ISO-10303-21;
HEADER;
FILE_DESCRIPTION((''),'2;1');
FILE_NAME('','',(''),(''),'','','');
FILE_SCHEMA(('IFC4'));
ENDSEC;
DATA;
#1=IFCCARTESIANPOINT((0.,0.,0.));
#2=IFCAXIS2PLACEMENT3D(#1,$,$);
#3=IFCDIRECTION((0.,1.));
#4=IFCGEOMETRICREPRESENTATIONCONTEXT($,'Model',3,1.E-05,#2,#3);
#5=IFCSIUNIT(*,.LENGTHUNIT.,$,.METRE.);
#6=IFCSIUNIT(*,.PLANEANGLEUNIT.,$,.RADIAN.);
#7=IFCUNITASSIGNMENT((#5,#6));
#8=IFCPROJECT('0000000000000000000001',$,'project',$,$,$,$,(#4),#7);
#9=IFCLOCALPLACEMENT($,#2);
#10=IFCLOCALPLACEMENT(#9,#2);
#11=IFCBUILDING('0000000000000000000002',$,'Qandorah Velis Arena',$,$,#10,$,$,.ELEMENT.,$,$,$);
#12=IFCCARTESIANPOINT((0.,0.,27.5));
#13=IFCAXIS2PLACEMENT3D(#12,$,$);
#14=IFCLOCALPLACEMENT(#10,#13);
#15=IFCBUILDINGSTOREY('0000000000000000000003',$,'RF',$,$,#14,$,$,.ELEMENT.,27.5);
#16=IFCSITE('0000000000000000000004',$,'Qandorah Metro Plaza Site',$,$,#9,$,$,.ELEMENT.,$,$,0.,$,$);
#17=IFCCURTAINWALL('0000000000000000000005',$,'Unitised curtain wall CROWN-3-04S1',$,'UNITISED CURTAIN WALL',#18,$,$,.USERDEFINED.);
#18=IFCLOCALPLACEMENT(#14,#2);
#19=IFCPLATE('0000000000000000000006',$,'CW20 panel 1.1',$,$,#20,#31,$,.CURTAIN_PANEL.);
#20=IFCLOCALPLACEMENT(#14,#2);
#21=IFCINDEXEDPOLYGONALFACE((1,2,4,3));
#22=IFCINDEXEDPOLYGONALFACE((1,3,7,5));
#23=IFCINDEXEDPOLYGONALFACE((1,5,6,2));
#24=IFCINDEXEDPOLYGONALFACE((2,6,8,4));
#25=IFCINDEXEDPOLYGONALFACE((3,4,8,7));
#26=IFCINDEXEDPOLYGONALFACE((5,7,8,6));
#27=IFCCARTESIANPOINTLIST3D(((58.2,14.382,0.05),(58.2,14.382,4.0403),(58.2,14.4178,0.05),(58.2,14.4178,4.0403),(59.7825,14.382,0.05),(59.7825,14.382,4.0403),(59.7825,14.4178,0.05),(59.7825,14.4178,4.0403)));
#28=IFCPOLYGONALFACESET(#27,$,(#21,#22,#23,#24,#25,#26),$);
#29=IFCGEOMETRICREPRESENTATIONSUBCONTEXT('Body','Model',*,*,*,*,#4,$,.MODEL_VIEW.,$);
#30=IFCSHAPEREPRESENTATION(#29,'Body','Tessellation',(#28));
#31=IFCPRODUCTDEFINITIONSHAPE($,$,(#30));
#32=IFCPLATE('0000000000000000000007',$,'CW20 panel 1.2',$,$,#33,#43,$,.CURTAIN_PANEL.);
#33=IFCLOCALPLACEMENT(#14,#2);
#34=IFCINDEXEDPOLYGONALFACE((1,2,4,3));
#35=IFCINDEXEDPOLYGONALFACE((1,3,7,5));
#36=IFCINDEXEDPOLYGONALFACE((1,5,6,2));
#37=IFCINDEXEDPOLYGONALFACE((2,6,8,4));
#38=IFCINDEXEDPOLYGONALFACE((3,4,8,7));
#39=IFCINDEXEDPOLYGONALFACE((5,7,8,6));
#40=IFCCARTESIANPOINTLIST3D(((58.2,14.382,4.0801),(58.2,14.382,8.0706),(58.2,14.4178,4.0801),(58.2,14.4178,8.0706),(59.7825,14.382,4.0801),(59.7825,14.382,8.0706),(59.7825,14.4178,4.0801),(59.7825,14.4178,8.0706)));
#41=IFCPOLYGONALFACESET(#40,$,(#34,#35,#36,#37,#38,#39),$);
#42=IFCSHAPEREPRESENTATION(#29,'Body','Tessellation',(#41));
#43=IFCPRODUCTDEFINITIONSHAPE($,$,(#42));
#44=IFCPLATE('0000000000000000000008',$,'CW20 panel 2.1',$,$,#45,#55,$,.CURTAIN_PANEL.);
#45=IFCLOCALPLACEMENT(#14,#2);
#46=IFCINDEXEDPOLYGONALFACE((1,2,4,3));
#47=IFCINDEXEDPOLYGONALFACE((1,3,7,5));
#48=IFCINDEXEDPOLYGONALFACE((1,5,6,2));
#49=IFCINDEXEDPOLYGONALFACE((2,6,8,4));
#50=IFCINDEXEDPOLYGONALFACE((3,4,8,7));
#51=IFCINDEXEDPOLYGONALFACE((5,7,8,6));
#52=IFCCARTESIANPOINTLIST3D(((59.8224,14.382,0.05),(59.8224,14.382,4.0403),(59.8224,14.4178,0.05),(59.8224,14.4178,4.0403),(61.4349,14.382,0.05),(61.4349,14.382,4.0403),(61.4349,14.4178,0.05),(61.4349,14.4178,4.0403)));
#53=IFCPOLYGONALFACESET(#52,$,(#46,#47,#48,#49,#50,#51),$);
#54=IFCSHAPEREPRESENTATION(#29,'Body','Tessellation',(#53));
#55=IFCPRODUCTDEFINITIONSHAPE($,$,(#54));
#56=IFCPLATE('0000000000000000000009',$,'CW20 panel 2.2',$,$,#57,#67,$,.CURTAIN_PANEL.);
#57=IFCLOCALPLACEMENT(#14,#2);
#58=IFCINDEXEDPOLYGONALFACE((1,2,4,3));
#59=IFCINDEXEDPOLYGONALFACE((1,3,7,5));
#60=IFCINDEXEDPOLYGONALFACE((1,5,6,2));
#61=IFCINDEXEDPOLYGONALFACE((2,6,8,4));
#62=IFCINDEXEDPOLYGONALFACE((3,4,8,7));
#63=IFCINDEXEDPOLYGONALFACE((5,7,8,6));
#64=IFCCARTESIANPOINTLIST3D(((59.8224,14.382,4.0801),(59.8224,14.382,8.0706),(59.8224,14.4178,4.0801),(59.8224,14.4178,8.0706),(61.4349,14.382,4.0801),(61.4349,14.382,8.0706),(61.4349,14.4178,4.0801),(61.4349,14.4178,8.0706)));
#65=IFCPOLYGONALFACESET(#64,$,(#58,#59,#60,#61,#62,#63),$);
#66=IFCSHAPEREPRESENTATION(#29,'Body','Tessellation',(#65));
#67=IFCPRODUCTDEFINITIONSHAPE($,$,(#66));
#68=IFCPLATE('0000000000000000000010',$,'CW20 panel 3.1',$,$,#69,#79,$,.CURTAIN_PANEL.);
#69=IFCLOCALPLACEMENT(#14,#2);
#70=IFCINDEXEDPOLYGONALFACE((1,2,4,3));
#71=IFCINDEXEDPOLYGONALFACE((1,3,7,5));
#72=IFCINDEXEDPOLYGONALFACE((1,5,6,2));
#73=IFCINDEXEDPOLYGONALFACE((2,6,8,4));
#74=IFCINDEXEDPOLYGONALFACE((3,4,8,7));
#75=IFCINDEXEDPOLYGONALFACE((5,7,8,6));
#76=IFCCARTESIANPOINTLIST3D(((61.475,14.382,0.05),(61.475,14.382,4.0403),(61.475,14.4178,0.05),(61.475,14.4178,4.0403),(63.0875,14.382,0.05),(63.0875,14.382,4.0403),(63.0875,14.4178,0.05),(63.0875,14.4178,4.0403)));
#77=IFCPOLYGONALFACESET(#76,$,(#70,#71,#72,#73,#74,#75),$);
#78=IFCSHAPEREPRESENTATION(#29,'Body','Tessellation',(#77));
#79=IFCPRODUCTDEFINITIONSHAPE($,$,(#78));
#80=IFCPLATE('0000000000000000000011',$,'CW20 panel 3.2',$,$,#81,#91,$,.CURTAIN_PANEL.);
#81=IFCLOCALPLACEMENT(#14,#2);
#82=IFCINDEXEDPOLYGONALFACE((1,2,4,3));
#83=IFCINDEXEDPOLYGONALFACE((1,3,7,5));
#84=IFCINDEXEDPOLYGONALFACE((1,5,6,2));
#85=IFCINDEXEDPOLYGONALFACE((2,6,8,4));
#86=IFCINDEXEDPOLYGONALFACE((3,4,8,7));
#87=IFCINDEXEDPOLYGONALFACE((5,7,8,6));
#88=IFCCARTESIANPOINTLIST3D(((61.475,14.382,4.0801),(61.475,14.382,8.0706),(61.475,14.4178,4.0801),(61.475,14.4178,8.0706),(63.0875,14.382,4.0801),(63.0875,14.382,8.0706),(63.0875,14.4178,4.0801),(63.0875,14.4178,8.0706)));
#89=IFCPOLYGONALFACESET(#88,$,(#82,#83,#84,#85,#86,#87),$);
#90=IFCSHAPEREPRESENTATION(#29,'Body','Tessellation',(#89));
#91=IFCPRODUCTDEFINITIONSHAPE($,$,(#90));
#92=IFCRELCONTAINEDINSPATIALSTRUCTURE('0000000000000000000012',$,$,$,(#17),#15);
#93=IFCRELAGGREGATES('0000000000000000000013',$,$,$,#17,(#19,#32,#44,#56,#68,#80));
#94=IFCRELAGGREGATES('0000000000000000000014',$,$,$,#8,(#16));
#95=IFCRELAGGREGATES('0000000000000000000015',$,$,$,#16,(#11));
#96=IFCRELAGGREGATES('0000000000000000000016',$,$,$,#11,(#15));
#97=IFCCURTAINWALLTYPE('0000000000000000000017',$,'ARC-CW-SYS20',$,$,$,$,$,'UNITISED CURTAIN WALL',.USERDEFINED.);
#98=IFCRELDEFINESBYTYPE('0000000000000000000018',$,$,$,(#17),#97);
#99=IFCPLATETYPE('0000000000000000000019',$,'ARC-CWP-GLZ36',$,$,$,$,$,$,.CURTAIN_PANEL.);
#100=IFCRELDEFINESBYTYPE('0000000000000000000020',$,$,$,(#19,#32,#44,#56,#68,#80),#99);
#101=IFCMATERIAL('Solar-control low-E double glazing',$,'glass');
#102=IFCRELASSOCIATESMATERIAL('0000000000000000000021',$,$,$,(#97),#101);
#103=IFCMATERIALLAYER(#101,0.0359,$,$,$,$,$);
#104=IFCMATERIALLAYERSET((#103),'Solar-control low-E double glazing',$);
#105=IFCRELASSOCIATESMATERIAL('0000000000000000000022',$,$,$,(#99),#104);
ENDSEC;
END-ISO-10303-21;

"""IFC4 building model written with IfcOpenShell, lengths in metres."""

from ifc_helpers import new_model, si_unit, direction, frame, origin, origin_2d, place, context, subcontext, project, spatial, rectangle, extrude, material, layer, layer_set, type_object, element, aggregate, save


model = new_model("IFC4")

# Units and contexts
model_context = context("Model", 3, precision=1e-05, world=origin(), true_north=direction((0.0, 1.0)))
body_context = subcontext(model_context, "Body", "Model", "MODEL_VIEW")
ifc_project = project(units=[si_unit("LENGTHUNIT", "METRE"), si_unit("PLANEANGLEUNIT", "RADIAN")], contexts=[model_context])

# Site, building, storey
site_placement = place(None, origin())
site = spatial("IfcSite", under=ifc_project, at=site_placement, Name="Qandorah Metro Plaza Site", CompositionType="ELEMENT", RefElevation=0.0)
building_placement = place(site_placement, origin())
building = spatial("IfcBuilding", under=site, at=building_placement, Name="Qandorah Velis Arena", CompositionType="ELEMENT")
storey_placement = place(building_placement, frame((0.0, 0.0, 27.5)))
storey = spatial("IfcBuildingStorey", under=building, at=storey_placement, Name="RF", CompositionType="ELEMENT", Elevation=27.5)

# Curtain wall
ifc_material_1 = material(Name="Solar-control low-E double glazing", Category="glass")
curtain_wall_type_1 = type_object("IfcCurtainWallType", Name="ARC-CW-SYS20", ElementType="UNITISED CURTAIN WALL", PredefinedType="USERDEFINED", material=ifc_material_1)
curtain_wall_1_placement = place(storey_placement, origin())
curtain_wall_1 = element("IfcCurtainWall", 1, at=curtain_wall_1_placement, inside=storey, type_object=curtain_wall_type_1, Name="Unitised curtain wall CROWN-3-04S1", ObjectType="UNITISED CURTAIN WALL", PredefinedType="USERDEFINED")

# Plates
ifc_layer_1 = layer(ifc_material_1, 0.0359)
ifc_layer_set_1 = layer_set([ifc_layer_1], Name="Solar-control low-E double glazing")
plate_type_1 = type_object("IfcPlateType", Name="ARC-CWP-GLZ36", PredefinedType="CURTAIN_PANEL", material=ifc_layer_set_1)
plate_1_placement = place(storey_placement, frame((58.9912, 14.3999, 0.05), z_axis=(0.0, 0.0, 1.0), x_axis=(1.0, 0.0, 0.0)))
plate_1 = element("IfcPlate", 2, at=plate_1_placement, type_object=plate_type_1, Name="CW20 panel 1.1", PredefinedType="CURTAIN_PANEL", context=body_context, shape_type="SweptSolid", body=[
    extrude(rectangle(XDim=1.5825, YDim=0.0359, at=origin_2d()), origin(), (0.0, 0.0, 1.0), 3.9902),
])
plate_2_placement = place(storey_placement, frame((58.9912, 14.3999, 4.0801), z_axis=(0.0, 0.0, 1.0), x_axis=(1.0, 0.0, 0.0)))
plate_2 = element("IfcPlate", 3, at=plate_2_placement, type_object=plate_type_1, Name="CW20 panel 1.2", PredefinedType="CURTAIN_PANEL", context=body_context, shape_type="SweptSolid", body=[
    extrude(rectangle(XDim=1.5825, YDim=0.0359, at=origin_2d()), origin(), (0.0, 0.0, 1.0), 3.9905),
])
plate_3_placement = place(storey_placement, frame((60.6287, 14.3999, 0.05), z_axis=(0.0, 0.0, 1.0), x_axis=(1.0, 0.0, 0.0)))
plate_3 = element("IfcPlate", 4, at=plate_3_placement, type_object=plate_type_1, Name="CW20 panel 2.1", PredefinedType="CURTAIN_PANEL", context=body_context, shape_type="SweptSolid", body=[
    extrude(rectangle(XDim=1.6125, YDim=0.0359, at=origin_2d()), origin(), (0.0, 0.0, 1.0), 3.9902),
])
plate_4_placement = place(storey_placement, frame((60.6287, 14.3999, 4.0801), z_axis=(0.0, 0.0, 1.0), x_axis=(1.0, 0.0, 0.0)))
plate_4 = element("IfcPlate", 5, at=plate_4_placement, type_object=plate_type_1, Name="CW20 panel 2.2", PredefinedType="CURTAIN_PANEL", context=body_context, shape_type="SweptSolid", body=[
    extrude(rectangle(XDim=1.6125, YDim=0.0359, at=origin_2d()), origin(), (0.0, 0.0, 1.0), 3.9905),
])
plate_5_placement = place(storey_placement, frame((62.2812, 14.3999, 0.05), z_axis=(0.0, 0.0, 1.0), x_axis=(1.0, 0.0, 0.0)))
plate_5 = element("IfcPlate", 6, at=plate_5_placement, type_object=plate_type_1, Name="CW20 panel 3.1", PredefinedType="CURTAIN_PANEL", context=body_context, shape_type="SweptSolid", body=[
    extrude(rectangle(XDim=1.6125, YDim=0.0359, at=origin_2d()), origin(), (0.0, 0.0, 1.0), 3.9902),
])
plate_6_placement = place(storey_placement, frame((62.2812, 14.3999, 4.0801), z_axis=(0.0, 0.0, 1.0), x_axis=(1.0, 0.0, 0.0)))
plate_6 = element("IfcPlate", 7, at=plate_6_placement, type_object=plate_type_1, Name="CW20 panel 3.2", PredefinedType="CURTAIN_PANEL", context=body_context, shape_type="SweptSolid", body=[
    extrude(rectangle(XDim=1.6125, YDim=0.0359, at=origin_2d()), origin(), (0.0, 0.0, 1.0), 3.9905),
])
aggregate(curtain_wall_1, [plate_1, plate_2, plate_3, plate_4, plate_5, plate_6])

save(model, "model.ifc")
